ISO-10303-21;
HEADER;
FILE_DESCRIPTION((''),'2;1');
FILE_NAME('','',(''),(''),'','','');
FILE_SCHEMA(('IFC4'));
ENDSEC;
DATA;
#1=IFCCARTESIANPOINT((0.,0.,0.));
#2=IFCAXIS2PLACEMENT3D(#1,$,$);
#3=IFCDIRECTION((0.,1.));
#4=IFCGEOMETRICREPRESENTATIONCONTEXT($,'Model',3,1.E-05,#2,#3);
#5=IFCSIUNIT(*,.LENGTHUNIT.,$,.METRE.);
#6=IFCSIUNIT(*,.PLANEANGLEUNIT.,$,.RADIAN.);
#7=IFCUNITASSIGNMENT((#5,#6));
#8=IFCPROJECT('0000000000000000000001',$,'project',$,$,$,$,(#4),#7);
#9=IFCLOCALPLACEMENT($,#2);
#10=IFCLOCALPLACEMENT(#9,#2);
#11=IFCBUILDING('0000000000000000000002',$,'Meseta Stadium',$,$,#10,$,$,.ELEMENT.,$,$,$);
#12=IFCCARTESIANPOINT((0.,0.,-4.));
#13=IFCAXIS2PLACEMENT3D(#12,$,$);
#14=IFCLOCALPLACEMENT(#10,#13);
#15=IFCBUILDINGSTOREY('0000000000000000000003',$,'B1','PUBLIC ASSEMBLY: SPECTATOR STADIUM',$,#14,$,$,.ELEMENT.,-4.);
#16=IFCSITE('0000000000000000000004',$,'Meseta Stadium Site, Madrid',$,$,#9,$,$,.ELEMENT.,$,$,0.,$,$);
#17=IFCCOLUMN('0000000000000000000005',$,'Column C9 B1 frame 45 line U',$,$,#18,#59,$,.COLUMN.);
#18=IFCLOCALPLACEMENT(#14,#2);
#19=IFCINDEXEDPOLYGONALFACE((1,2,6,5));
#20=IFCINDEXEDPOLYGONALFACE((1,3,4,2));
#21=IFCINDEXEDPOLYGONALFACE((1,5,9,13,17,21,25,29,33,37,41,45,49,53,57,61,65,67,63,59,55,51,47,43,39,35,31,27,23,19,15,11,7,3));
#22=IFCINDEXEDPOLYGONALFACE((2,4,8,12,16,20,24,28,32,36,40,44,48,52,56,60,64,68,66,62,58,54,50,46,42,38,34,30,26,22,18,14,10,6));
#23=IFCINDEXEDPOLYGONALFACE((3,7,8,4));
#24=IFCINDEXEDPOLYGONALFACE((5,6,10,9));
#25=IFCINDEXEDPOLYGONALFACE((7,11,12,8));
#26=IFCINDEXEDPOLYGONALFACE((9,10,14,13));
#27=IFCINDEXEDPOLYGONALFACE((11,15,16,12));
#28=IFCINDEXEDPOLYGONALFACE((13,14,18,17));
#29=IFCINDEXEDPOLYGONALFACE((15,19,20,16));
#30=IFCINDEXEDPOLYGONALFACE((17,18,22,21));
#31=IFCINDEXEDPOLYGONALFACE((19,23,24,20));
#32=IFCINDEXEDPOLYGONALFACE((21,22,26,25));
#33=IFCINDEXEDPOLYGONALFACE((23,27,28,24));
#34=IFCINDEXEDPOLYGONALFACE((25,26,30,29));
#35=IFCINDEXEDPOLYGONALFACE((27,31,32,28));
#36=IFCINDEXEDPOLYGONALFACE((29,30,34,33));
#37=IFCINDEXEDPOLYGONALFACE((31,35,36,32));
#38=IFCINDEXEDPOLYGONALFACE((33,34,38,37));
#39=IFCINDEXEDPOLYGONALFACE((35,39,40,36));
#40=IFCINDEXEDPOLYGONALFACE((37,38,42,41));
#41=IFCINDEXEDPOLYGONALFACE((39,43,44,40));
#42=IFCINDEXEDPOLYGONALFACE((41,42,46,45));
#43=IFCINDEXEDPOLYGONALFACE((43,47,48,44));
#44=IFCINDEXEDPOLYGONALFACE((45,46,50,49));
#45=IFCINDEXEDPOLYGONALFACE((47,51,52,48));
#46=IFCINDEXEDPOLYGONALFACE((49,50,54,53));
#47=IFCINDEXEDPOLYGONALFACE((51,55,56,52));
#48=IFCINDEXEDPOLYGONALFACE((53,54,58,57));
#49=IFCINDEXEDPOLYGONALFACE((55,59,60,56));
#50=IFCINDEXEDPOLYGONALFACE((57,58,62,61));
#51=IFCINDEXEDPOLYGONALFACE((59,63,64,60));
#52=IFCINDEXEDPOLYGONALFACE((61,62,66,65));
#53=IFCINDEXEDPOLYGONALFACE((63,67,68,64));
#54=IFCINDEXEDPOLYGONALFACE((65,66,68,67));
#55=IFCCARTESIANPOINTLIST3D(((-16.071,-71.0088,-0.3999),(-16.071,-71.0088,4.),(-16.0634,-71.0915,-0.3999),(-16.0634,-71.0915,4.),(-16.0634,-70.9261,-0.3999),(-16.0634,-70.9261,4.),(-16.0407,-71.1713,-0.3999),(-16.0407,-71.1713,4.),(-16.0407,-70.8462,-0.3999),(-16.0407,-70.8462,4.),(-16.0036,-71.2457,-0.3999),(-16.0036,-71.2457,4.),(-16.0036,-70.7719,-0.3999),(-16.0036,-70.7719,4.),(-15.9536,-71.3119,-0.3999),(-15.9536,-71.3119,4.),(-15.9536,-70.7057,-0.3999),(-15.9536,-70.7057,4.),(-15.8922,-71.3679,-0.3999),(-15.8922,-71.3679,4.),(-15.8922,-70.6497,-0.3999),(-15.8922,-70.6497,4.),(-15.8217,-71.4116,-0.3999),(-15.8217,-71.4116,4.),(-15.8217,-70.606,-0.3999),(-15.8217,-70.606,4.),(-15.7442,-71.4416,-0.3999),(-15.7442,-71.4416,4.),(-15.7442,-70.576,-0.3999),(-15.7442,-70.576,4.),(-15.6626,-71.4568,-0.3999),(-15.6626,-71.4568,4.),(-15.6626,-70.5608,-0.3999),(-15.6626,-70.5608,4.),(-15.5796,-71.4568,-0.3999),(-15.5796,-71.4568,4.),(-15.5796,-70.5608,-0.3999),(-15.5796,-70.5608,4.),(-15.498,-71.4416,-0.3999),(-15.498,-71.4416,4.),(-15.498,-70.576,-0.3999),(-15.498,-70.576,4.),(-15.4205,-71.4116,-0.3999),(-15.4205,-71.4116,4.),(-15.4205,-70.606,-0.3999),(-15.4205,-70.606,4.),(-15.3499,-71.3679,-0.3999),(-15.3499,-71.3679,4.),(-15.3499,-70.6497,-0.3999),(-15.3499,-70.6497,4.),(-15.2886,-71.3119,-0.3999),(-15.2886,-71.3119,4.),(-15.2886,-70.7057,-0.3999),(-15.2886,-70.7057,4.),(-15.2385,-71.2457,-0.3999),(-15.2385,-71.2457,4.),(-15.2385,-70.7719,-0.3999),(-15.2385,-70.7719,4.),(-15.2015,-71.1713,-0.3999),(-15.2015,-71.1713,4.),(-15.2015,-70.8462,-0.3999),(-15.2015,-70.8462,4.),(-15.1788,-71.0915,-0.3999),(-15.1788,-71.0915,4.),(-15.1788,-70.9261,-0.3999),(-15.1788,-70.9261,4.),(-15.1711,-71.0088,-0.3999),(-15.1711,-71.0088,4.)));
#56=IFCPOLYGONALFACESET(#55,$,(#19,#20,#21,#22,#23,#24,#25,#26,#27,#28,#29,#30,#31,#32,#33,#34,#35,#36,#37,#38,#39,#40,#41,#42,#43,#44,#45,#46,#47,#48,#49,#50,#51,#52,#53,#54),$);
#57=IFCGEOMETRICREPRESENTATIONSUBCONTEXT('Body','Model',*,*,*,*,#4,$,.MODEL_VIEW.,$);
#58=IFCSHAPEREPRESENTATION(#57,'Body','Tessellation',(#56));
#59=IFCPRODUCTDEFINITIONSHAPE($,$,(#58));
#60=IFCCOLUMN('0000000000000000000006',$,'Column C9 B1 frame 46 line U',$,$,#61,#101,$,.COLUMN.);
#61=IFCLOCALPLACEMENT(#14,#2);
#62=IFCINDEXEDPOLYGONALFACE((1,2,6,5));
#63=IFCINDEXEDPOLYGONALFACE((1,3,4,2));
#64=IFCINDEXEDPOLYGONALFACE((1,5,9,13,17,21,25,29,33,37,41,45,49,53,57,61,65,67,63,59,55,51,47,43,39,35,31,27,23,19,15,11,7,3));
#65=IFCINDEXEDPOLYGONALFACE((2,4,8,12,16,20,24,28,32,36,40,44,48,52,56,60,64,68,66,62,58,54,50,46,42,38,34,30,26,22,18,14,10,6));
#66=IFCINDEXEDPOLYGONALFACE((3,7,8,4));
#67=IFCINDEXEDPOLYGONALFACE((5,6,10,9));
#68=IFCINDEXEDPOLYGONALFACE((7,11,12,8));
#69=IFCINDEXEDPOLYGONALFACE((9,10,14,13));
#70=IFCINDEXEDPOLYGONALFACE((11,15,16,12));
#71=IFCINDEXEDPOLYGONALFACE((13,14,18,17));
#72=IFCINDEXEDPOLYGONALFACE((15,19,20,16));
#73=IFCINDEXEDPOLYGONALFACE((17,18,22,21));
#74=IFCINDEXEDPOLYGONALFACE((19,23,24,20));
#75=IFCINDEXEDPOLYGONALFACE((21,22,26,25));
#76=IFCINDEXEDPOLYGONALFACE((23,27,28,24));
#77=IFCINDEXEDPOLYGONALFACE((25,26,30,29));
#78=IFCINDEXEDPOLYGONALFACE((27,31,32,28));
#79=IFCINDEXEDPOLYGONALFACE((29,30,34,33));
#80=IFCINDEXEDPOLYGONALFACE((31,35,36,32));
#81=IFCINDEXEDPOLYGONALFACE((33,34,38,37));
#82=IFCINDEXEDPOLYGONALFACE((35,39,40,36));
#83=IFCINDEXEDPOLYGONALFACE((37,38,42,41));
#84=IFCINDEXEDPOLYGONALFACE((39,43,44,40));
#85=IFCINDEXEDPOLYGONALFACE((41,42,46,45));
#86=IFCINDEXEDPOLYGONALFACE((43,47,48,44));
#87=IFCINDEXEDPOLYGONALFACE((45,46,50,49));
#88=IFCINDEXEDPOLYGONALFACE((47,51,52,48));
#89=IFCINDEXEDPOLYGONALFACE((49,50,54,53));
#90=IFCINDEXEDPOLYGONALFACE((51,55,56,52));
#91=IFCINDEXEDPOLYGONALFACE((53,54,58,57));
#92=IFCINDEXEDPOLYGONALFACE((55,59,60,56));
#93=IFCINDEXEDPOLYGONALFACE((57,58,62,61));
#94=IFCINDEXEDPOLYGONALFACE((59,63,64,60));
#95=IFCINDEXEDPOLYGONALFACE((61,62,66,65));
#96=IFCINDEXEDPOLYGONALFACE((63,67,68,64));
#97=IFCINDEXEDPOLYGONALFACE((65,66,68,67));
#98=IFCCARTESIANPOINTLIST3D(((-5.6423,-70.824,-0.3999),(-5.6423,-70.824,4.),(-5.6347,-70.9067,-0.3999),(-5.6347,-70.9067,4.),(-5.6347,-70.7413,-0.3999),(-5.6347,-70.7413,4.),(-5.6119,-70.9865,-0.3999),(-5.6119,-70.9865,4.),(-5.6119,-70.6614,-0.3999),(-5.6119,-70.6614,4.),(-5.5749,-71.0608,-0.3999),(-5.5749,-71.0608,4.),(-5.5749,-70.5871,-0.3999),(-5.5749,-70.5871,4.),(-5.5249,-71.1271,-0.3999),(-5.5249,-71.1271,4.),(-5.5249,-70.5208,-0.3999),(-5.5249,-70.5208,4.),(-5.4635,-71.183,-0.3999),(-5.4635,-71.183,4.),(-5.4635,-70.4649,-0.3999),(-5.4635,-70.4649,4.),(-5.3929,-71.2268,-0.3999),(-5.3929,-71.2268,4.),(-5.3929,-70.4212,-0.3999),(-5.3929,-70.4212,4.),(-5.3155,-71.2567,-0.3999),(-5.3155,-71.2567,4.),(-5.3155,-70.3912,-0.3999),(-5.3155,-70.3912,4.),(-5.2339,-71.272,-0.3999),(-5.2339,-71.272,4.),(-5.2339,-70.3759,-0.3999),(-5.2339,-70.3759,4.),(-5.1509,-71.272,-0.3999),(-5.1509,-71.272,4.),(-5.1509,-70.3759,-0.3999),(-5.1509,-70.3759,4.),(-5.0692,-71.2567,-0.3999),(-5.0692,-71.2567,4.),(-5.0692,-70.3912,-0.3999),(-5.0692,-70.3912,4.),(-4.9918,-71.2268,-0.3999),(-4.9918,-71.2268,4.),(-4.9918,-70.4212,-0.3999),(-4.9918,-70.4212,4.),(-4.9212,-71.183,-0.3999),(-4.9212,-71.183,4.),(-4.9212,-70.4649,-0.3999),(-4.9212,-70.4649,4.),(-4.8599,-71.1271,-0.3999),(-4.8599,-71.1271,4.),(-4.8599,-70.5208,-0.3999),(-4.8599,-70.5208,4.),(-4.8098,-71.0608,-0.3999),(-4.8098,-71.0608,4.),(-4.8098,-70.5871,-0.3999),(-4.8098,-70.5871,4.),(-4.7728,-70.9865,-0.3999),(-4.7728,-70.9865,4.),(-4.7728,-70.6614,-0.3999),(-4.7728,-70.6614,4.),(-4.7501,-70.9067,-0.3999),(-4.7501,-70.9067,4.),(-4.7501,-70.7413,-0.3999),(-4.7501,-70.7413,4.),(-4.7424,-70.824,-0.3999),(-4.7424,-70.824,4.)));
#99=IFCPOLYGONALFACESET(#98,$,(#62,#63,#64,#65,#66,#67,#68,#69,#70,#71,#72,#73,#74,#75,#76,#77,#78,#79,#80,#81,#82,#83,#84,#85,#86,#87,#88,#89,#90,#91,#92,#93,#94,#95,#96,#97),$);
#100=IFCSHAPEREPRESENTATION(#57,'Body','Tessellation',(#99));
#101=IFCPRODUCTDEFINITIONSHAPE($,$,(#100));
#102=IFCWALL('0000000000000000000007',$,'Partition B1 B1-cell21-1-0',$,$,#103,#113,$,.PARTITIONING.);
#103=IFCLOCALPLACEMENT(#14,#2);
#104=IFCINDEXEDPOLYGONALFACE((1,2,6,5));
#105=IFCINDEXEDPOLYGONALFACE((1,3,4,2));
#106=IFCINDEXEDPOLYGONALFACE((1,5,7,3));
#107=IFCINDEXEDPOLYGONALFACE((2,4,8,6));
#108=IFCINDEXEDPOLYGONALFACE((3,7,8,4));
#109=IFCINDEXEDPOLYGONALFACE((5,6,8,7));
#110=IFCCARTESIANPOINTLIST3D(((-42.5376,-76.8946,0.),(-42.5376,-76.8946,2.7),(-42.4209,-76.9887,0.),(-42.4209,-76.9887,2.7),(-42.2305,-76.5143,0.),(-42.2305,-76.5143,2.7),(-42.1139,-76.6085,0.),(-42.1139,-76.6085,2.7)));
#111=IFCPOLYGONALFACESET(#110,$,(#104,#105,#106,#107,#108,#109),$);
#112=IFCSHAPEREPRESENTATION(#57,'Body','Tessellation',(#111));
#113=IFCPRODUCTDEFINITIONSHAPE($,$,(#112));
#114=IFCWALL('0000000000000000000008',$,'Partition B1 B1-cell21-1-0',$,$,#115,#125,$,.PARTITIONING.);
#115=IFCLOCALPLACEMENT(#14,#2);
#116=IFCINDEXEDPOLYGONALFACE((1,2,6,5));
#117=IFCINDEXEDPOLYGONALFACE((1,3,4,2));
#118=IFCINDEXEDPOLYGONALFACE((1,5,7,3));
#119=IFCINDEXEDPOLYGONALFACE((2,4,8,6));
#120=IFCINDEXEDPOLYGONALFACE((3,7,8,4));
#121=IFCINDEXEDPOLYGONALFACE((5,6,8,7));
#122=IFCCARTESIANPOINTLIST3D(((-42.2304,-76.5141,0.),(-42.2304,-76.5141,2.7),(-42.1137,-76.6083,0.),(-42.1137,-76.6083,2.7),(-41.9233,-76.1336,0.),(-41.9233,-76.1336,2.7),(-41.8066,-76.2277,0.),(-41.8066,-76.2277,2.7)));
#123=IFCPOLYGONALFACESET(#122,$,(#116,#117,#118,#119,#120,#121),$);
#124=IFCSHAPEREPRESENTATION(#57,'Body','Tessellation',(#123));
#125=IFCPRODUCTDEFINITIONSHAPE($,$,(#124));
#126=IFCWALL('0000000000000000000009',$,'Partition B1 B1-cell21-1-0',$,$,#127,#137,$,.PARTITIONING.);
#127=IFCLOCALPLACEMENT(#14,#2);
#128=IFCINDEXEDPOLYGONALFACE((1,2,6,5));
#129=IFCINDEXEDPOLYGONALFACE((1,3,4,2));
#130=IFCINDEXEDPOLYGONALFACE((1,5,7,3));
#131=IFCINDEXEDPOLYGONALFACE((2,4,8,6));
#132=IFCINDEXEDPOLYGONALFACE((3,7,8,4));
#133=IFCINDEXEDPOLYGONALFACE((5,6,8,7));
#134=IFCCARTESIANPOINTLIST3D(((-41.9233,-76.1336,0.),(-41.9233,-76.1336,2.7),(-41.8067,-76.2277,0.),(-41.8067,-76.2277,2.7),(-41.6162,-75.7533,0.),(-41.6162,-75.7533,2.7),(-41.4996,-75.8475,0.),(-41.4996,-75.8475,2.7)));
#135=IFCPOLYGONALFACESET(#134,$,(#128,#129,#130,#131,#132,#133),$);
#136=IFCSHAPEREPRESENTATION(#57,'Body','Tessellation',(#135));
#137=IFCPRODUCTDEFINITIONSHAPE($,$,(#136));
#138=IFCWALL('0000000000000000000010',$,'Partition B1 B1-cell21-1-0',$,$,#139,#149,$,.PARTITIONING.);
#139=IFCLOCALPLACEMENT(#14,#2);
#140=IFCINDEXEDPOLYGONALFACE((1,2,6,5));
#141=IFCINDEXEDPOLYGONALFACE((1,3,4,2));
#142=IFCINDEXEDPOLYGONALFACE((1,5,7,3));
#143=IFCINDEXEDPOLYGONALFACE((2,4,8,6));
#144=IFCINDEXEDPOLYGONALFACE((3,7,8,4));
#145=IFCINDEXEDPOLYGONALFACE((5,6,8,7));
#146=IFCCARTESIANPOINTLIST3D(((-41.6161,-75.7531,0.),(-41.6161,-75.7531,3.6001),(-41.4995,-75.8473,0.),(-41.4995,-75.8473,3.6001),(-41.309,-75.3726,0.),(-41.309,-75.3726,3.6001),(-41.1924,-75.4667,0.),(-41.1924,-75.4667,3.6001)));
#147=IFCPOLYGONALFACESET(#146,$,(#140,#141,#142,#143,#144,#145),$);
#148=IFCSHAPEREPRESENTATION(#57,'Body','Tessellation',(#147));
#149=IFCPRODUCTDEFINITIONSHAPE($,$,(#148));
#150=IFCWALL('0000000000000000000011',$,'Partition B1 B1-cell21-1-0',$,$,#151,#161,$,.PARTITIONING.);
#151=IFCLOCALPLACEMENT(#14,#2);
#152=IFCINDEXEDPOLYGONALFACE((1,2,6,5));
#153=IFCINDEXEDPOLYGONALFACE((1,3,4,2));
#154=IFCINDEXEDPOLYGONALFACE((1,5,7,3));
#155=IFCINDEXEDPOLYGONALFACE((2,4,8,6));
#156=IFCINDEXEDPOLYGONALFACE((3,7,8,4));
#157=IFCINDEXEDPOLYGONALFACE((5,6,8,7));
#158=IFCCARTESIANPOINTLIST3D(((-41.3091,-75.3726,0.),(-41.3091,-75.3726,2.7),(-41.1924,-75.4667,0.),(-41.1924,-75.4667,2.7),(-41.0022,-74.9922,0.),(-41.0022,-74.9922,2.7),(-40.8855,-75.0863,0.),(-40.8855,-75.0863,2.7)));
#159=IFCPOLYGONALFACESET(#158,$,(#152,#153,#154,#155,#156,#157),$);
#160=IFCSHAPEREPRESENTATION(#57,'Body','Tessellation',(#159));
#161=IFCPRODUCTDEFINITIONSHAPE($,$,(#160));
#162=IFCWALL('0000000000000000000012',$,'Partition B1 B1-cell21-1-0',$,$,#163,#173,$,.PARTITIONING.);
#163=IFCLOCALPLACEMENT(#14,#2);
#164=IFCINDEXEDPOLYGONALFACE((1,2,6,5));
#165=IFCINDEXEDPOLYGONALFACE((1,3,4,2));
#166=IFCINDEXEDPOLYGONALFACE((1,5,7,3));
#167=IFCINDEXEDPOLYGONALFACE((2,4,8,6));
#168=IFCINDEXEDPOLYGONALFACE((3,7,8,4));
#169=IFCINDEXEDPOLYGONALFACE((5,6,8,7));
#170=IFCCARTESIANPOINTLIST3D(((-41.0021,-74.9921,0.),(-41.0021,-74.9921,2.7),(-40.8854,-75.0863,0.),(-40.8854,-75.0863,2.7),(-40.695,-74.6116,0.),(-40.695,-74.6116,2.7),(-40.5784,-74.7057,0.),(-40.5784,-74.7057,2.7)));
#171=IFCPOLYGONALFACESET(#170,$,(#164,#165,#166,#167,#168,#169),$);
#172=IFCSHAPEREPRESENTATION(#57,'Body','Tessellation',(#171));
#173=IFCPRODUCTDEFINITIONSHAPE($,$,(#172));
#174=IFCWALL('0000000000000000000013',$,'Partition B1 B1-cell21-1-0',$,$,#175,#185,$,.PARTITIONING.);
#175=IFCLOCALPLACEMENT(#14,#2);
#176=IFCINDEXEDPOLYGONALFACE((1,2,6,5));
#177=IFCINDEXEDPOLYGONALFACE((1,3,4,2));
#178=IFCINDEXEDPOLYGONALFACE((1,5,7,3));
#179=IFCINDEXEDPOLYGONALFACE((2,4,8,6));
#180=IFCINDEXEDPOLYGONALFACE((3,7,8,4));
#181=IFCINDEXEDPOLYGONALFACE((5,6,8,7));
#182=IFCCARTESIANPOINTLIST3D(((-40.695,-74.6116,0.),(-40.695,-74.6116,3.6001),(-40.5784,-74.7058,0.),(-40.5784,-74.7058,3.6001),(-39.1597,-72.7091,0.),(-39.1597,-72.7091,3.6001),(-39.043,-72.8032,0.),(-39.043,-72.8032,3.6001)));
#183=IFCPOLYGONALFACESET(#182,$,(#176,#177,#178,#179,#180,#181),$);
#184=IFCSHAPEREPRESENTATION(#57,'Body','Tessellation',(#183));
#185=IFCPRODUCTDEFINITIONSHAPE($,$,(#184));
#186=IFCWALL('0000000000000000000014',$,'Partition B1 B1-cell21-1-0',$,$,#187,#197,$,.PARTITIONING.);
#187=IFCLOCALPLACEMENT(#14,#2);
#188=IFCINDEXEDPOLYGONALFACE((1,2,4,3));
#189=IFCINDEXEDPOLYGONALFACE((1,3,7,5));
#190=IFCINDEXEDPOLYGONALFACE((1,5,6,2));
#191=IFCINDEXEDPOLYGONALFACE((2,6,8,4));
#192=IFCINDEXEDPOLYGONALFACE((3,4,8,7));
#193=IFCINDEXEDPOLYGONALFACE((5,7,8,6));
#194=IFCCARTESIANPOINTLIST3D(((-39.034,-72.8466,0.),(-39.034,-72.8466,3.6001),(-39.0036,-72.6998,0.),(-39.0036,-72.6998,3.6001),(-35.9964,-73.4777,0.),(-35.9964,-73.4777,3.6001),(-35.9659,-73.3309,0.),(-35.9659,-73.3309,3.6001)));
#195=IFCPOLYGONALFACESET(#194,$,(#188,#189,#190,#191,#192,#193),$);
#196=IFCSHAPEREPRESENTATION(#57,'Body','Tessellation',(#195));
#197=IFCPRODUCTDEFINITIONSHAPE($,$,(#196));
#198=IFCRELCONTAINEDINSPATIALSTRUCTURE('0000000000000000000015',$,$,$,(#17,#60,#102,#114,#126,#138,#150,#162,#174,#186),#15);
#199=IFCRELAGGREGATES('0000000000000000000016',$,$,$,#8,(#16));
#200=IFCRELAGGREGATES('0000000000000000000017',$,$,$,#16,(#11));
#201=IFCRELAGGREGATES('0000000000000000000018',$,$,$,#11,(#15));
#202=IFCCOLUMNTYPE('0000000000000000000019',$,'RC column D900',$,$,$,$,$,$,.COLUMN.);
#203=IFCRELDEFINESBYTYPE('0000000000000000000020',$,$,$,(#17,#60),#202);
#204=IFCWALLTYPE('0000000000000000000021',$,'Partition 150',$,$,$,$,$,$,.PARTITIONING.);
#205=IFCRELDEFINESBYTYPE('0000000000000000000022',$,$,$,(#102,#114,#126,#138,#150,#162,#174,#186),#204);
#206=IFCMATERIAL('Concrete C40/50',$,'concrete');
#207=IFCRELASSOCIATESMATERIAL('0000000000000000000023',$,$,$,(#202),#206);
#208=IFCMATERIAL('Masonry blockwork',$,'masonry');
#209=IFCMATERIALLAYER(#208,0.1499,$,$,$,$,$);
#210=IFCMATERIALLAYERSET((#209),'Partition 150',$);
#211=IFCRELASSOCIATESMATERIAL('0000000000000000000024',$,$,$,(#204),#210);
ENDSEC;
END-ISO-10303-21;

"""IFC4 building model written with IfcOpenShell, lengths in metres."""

from ifc_helpers import new_model, si_unit, direction, frame, frame_2d, origin, origin_2d, place, context, subcontext, project, spatial, rectangle, circle, extrude, material, layer, layer_set, material_profile, profile_set, type_object, element, save


model = new_model("IFC4")

# Units and contexts
model_context = context("Model", 3, precision=1e-05, world=origin(), true_north=direction((0.0, 1.0)))
body_context = subcontext(model_context, "Body", "Model", "MODEL_VIEW")
ifc_project = project(units=[si_unit("LENGTHUNIT", "METRE"), si_unit("PLANEANGLEUNIT", "RADIAN")], contexts=[model_context])

# Site, building, storey
site_placement = place(None, origin())
site = spatial("IfcSite", under=ifc_project, at=site_placement, Name="Meseta Stadium Site, Madrid", CompositionType="ELEMENT", RefElevation=0.0)
building_placement = place(site_placement, origin())
building = spatial("IfcBuilding", under=site, at=building_placement, Name="Meseta Stadium", CompositionType="ELEMENT")
storey_placement = place(building_placement, frame((0.0, 0.0, -4.0)))
storey = spatial("IfcBuildingStorey", under=building, at=storey_placement, Name="B1", Description="PUBLIC ASSEMBLY: SPECTATOR STADIUM", CompositionType="ELEMENT", Elevation=-4.0)

# Columns
ifc_material_1 = material(Name="Concrete C40/50", Category="concrete")
ifc_material_profile_1 = material_profile(ifc_material_1, circle(Radius=0.45, at=origin_2d()), Name="RC D900")
ifc_profile_set_1 = profile_set([ifc_material_profile_1], Name="Concrete C40/50")
column_type_1 = type_object("IfcColumnType", Name="RC column D900", PredefinedType="COLUMN", material=ifc_profile_set_1)
for number, where, z_axis, x_axis, name in (
    (1, (-15.6211, -71.0088, -0.3999), (0.0, 0.0, 1.0), (1.0, 0.0, 0.0), "Column C9 B1 frame 45 line U"),
    (2, (-5.1924, -70.824, -0.3999), (0.0, 0.0, 1.0), (1.0, 0.0, 0.0), "Column C9 B1 frame 46 line U"),
):
    element("IfcColumn", number, at=place(storey_placement, frame(where, z_axis=z_axis, x_axis=x_axis)), inside=storey, type_object=column_type_1, Name=name, PredefinedType="COLUMN", context=body_context, shape_type="SweptSolid", body=[
        extrude(circle(Radius=0.45, at=origin_2d()), origin(), (0.0, 0.0, 1.0), 4.3999),
    ])

# Walls
ifc_material_2 = material(Name="Masonry blockwork", Category="masonry")
ifc_layer = layer(ifc_material_2, 0.1499)
ifc_layer_set = layer_set([ifc_layer], Name="Partition 150")
wall_type = type_object("IfcWallType", Name="Partition 150", PredefinedType="PARTITIONING", material=ifc_layer_set)
wall_1_placement = place(storey_placement, frame((-42.4792, -76.9417, 0.0), z_axis=(0.0, 0.0, 1.0), x_axis=(0.628221, 0.778035, 0.0)))
element("IfcWall", 3, at=wall_1_placement, inside=storey, type_object=wall_type, Name="Partition B1 B1-cell21-1-0", PredefinedType="PARTITIONING", context=body_context, shape_type="SweptSolid", body=[
    extrude(rectangle(XDim=0.4888, YDim=0.1499, at=frame_2d((0.2444, 0.0))), origin(), (0.0, 0.0, 1.0), 2.7),
])
wall_2_placement = place(storey_placement, frame((-42.1721, -76.5613, 0.0), z_axis=(0.0, 0.0, 1.0), x_axis=(0.627977, 0.778232, 0.0)))
element("IfcWall", 4, at=wall_2_placement, inside=storey, type_object=wall_type, Name="Partition B1 B1-cell21-1-0", PredefinedType="PARTITIONING", context=body_context, shape_type="SweptSolid", body=[
    extrude(rectangle(XDim=0.489, YDim=0.1499, at=frame_2d((0.2446, 0.0))), origin(), (0.0, 0.0, 1.0), 2.7),
])
wall_3_placement = place(storey_placement, frame((-41.865, -76.1807, 0.0), z_axis=(0.0, 0.0, 1.0), x_axis=(0.628221, 0.778035, 0.0)))
element("IfcWall", 5, at=wall_3_placement, inside=storey, type_object=wall_type, Name="Partition B1 B1-cell21-1-0", PredefinedType="PARTITIONING", context=body_context, shape_type="SweptSolid", body=[
    extrude(rectangle(XDim=0.4888, YDim=0.1499, at=frame_2d((0.2444, 0.0))), origin(), (0.0, 0.0, 1.0), 2.7),
])
wall_4_placement = place(storey_placement, frame((-41.5579, -75.8003, 0.0), z_axis=(0.0, 0.0, 1.0), x_axis=(0.627977, 0.778232, 0.0)))
element("IfcWall", 6, at=wall_4_placement, inside=storey, type_object=wall_type, Name="Partition B1 B1-cell21-1-0", PredefinedType="PARTITIONING", context=body_context, shape_type="SweptSolid", body=[
    extrude(rectangle(XDim=0.489, YDim=0.1499, at=frame_2d((0.2446, 0.0))), origin(), (0.0, 0.0, 1.0), 3.6001),
])
wall_5_placement = place(storey_placement, frame((-41.2507, -75.4197, 0.0), z_axis=(0.0, 0.0, 1.0), x_axis=(0.627918, 0.778279, 0.0)))
element("IfcWall", 7, at=wall_5_placement, inside=storey, type_object=wall_type, Name="Partition B1 B1-cell21-1-0", PredefinedType="PARTITIONING", context=body_context, shape_type="SweptSolid", body=[
    extrude(rectangle(XDim=0.4888, YDim=0.1499, at=frame_2d((0.2444, 0.0))), origin(), (0.0, 0.0, 1.0), 2.7),
])
wall_6_placement = place(storey_placement, frame((-40.9438, -75.0393, 0.0), z_axis=(0.0, 0.0, 1.0), x_axis=(0.627977, 0.778232, 0.0)))
element("IfcWall", 8, at=wall_6_placement, inside=storey, type_object=wall_type, Name="Partition B1 B1-cell21-1-0", PredefinedType="PARTITIONING", context=body_context, shape_type="SweptSolid", body=[
    extrude(rectangle(XDim=0.489, YDim=0.1499, at=frame_2d((0.2446, 0.0))), origin(), (0.0, 0.0, 1.0), 2.7),
])
wall_7_placement = place(storey_placement, frame((-40.6367, -74.6587, 0.0), z_axis=(0.0, 0.0, 1.0), x_axis=(0.628014, 0.778202, 0.0)))
element("IfcWall", 9, at=wall_7_placement, inside=storey, type_object=wall_type, Name="Partition B1 B1-cell21-1-0", PredefinedType="PARTITIONING", context=body_context, shape_type="SweptSolid", body=[
    extrude(rectangle(XDim=2.4448, YDim=0.1499, at=frame_2d((1.2224, 0.0))), origin(), (0.0, 0.0, 1.0), 3.6001),
])
wall_8_placement = place(storey_placement, frame((-39.0188, -72.7732, 0.0), z_axis=(0.0, 0.0, 1.0), x_axis=(0.979092, -0.20342, 0.0)))
element("IfcWall", 10, at=wall_8_placement, inside=storey, type_object=wall_type, Name="Partition B1 B1-cell21-1-0", PredefinedType="PARTITIONING", context=body_context, shape_type="SweptSolid", body=[
    extrude(rectangle(XDim=3.1025, YDim=0.1499, at=frame_2d((1.5513, 0.0))), origin(), (0.0, 0.0, 1.0), 3.6001),
])

save(model, "model.ifc")
